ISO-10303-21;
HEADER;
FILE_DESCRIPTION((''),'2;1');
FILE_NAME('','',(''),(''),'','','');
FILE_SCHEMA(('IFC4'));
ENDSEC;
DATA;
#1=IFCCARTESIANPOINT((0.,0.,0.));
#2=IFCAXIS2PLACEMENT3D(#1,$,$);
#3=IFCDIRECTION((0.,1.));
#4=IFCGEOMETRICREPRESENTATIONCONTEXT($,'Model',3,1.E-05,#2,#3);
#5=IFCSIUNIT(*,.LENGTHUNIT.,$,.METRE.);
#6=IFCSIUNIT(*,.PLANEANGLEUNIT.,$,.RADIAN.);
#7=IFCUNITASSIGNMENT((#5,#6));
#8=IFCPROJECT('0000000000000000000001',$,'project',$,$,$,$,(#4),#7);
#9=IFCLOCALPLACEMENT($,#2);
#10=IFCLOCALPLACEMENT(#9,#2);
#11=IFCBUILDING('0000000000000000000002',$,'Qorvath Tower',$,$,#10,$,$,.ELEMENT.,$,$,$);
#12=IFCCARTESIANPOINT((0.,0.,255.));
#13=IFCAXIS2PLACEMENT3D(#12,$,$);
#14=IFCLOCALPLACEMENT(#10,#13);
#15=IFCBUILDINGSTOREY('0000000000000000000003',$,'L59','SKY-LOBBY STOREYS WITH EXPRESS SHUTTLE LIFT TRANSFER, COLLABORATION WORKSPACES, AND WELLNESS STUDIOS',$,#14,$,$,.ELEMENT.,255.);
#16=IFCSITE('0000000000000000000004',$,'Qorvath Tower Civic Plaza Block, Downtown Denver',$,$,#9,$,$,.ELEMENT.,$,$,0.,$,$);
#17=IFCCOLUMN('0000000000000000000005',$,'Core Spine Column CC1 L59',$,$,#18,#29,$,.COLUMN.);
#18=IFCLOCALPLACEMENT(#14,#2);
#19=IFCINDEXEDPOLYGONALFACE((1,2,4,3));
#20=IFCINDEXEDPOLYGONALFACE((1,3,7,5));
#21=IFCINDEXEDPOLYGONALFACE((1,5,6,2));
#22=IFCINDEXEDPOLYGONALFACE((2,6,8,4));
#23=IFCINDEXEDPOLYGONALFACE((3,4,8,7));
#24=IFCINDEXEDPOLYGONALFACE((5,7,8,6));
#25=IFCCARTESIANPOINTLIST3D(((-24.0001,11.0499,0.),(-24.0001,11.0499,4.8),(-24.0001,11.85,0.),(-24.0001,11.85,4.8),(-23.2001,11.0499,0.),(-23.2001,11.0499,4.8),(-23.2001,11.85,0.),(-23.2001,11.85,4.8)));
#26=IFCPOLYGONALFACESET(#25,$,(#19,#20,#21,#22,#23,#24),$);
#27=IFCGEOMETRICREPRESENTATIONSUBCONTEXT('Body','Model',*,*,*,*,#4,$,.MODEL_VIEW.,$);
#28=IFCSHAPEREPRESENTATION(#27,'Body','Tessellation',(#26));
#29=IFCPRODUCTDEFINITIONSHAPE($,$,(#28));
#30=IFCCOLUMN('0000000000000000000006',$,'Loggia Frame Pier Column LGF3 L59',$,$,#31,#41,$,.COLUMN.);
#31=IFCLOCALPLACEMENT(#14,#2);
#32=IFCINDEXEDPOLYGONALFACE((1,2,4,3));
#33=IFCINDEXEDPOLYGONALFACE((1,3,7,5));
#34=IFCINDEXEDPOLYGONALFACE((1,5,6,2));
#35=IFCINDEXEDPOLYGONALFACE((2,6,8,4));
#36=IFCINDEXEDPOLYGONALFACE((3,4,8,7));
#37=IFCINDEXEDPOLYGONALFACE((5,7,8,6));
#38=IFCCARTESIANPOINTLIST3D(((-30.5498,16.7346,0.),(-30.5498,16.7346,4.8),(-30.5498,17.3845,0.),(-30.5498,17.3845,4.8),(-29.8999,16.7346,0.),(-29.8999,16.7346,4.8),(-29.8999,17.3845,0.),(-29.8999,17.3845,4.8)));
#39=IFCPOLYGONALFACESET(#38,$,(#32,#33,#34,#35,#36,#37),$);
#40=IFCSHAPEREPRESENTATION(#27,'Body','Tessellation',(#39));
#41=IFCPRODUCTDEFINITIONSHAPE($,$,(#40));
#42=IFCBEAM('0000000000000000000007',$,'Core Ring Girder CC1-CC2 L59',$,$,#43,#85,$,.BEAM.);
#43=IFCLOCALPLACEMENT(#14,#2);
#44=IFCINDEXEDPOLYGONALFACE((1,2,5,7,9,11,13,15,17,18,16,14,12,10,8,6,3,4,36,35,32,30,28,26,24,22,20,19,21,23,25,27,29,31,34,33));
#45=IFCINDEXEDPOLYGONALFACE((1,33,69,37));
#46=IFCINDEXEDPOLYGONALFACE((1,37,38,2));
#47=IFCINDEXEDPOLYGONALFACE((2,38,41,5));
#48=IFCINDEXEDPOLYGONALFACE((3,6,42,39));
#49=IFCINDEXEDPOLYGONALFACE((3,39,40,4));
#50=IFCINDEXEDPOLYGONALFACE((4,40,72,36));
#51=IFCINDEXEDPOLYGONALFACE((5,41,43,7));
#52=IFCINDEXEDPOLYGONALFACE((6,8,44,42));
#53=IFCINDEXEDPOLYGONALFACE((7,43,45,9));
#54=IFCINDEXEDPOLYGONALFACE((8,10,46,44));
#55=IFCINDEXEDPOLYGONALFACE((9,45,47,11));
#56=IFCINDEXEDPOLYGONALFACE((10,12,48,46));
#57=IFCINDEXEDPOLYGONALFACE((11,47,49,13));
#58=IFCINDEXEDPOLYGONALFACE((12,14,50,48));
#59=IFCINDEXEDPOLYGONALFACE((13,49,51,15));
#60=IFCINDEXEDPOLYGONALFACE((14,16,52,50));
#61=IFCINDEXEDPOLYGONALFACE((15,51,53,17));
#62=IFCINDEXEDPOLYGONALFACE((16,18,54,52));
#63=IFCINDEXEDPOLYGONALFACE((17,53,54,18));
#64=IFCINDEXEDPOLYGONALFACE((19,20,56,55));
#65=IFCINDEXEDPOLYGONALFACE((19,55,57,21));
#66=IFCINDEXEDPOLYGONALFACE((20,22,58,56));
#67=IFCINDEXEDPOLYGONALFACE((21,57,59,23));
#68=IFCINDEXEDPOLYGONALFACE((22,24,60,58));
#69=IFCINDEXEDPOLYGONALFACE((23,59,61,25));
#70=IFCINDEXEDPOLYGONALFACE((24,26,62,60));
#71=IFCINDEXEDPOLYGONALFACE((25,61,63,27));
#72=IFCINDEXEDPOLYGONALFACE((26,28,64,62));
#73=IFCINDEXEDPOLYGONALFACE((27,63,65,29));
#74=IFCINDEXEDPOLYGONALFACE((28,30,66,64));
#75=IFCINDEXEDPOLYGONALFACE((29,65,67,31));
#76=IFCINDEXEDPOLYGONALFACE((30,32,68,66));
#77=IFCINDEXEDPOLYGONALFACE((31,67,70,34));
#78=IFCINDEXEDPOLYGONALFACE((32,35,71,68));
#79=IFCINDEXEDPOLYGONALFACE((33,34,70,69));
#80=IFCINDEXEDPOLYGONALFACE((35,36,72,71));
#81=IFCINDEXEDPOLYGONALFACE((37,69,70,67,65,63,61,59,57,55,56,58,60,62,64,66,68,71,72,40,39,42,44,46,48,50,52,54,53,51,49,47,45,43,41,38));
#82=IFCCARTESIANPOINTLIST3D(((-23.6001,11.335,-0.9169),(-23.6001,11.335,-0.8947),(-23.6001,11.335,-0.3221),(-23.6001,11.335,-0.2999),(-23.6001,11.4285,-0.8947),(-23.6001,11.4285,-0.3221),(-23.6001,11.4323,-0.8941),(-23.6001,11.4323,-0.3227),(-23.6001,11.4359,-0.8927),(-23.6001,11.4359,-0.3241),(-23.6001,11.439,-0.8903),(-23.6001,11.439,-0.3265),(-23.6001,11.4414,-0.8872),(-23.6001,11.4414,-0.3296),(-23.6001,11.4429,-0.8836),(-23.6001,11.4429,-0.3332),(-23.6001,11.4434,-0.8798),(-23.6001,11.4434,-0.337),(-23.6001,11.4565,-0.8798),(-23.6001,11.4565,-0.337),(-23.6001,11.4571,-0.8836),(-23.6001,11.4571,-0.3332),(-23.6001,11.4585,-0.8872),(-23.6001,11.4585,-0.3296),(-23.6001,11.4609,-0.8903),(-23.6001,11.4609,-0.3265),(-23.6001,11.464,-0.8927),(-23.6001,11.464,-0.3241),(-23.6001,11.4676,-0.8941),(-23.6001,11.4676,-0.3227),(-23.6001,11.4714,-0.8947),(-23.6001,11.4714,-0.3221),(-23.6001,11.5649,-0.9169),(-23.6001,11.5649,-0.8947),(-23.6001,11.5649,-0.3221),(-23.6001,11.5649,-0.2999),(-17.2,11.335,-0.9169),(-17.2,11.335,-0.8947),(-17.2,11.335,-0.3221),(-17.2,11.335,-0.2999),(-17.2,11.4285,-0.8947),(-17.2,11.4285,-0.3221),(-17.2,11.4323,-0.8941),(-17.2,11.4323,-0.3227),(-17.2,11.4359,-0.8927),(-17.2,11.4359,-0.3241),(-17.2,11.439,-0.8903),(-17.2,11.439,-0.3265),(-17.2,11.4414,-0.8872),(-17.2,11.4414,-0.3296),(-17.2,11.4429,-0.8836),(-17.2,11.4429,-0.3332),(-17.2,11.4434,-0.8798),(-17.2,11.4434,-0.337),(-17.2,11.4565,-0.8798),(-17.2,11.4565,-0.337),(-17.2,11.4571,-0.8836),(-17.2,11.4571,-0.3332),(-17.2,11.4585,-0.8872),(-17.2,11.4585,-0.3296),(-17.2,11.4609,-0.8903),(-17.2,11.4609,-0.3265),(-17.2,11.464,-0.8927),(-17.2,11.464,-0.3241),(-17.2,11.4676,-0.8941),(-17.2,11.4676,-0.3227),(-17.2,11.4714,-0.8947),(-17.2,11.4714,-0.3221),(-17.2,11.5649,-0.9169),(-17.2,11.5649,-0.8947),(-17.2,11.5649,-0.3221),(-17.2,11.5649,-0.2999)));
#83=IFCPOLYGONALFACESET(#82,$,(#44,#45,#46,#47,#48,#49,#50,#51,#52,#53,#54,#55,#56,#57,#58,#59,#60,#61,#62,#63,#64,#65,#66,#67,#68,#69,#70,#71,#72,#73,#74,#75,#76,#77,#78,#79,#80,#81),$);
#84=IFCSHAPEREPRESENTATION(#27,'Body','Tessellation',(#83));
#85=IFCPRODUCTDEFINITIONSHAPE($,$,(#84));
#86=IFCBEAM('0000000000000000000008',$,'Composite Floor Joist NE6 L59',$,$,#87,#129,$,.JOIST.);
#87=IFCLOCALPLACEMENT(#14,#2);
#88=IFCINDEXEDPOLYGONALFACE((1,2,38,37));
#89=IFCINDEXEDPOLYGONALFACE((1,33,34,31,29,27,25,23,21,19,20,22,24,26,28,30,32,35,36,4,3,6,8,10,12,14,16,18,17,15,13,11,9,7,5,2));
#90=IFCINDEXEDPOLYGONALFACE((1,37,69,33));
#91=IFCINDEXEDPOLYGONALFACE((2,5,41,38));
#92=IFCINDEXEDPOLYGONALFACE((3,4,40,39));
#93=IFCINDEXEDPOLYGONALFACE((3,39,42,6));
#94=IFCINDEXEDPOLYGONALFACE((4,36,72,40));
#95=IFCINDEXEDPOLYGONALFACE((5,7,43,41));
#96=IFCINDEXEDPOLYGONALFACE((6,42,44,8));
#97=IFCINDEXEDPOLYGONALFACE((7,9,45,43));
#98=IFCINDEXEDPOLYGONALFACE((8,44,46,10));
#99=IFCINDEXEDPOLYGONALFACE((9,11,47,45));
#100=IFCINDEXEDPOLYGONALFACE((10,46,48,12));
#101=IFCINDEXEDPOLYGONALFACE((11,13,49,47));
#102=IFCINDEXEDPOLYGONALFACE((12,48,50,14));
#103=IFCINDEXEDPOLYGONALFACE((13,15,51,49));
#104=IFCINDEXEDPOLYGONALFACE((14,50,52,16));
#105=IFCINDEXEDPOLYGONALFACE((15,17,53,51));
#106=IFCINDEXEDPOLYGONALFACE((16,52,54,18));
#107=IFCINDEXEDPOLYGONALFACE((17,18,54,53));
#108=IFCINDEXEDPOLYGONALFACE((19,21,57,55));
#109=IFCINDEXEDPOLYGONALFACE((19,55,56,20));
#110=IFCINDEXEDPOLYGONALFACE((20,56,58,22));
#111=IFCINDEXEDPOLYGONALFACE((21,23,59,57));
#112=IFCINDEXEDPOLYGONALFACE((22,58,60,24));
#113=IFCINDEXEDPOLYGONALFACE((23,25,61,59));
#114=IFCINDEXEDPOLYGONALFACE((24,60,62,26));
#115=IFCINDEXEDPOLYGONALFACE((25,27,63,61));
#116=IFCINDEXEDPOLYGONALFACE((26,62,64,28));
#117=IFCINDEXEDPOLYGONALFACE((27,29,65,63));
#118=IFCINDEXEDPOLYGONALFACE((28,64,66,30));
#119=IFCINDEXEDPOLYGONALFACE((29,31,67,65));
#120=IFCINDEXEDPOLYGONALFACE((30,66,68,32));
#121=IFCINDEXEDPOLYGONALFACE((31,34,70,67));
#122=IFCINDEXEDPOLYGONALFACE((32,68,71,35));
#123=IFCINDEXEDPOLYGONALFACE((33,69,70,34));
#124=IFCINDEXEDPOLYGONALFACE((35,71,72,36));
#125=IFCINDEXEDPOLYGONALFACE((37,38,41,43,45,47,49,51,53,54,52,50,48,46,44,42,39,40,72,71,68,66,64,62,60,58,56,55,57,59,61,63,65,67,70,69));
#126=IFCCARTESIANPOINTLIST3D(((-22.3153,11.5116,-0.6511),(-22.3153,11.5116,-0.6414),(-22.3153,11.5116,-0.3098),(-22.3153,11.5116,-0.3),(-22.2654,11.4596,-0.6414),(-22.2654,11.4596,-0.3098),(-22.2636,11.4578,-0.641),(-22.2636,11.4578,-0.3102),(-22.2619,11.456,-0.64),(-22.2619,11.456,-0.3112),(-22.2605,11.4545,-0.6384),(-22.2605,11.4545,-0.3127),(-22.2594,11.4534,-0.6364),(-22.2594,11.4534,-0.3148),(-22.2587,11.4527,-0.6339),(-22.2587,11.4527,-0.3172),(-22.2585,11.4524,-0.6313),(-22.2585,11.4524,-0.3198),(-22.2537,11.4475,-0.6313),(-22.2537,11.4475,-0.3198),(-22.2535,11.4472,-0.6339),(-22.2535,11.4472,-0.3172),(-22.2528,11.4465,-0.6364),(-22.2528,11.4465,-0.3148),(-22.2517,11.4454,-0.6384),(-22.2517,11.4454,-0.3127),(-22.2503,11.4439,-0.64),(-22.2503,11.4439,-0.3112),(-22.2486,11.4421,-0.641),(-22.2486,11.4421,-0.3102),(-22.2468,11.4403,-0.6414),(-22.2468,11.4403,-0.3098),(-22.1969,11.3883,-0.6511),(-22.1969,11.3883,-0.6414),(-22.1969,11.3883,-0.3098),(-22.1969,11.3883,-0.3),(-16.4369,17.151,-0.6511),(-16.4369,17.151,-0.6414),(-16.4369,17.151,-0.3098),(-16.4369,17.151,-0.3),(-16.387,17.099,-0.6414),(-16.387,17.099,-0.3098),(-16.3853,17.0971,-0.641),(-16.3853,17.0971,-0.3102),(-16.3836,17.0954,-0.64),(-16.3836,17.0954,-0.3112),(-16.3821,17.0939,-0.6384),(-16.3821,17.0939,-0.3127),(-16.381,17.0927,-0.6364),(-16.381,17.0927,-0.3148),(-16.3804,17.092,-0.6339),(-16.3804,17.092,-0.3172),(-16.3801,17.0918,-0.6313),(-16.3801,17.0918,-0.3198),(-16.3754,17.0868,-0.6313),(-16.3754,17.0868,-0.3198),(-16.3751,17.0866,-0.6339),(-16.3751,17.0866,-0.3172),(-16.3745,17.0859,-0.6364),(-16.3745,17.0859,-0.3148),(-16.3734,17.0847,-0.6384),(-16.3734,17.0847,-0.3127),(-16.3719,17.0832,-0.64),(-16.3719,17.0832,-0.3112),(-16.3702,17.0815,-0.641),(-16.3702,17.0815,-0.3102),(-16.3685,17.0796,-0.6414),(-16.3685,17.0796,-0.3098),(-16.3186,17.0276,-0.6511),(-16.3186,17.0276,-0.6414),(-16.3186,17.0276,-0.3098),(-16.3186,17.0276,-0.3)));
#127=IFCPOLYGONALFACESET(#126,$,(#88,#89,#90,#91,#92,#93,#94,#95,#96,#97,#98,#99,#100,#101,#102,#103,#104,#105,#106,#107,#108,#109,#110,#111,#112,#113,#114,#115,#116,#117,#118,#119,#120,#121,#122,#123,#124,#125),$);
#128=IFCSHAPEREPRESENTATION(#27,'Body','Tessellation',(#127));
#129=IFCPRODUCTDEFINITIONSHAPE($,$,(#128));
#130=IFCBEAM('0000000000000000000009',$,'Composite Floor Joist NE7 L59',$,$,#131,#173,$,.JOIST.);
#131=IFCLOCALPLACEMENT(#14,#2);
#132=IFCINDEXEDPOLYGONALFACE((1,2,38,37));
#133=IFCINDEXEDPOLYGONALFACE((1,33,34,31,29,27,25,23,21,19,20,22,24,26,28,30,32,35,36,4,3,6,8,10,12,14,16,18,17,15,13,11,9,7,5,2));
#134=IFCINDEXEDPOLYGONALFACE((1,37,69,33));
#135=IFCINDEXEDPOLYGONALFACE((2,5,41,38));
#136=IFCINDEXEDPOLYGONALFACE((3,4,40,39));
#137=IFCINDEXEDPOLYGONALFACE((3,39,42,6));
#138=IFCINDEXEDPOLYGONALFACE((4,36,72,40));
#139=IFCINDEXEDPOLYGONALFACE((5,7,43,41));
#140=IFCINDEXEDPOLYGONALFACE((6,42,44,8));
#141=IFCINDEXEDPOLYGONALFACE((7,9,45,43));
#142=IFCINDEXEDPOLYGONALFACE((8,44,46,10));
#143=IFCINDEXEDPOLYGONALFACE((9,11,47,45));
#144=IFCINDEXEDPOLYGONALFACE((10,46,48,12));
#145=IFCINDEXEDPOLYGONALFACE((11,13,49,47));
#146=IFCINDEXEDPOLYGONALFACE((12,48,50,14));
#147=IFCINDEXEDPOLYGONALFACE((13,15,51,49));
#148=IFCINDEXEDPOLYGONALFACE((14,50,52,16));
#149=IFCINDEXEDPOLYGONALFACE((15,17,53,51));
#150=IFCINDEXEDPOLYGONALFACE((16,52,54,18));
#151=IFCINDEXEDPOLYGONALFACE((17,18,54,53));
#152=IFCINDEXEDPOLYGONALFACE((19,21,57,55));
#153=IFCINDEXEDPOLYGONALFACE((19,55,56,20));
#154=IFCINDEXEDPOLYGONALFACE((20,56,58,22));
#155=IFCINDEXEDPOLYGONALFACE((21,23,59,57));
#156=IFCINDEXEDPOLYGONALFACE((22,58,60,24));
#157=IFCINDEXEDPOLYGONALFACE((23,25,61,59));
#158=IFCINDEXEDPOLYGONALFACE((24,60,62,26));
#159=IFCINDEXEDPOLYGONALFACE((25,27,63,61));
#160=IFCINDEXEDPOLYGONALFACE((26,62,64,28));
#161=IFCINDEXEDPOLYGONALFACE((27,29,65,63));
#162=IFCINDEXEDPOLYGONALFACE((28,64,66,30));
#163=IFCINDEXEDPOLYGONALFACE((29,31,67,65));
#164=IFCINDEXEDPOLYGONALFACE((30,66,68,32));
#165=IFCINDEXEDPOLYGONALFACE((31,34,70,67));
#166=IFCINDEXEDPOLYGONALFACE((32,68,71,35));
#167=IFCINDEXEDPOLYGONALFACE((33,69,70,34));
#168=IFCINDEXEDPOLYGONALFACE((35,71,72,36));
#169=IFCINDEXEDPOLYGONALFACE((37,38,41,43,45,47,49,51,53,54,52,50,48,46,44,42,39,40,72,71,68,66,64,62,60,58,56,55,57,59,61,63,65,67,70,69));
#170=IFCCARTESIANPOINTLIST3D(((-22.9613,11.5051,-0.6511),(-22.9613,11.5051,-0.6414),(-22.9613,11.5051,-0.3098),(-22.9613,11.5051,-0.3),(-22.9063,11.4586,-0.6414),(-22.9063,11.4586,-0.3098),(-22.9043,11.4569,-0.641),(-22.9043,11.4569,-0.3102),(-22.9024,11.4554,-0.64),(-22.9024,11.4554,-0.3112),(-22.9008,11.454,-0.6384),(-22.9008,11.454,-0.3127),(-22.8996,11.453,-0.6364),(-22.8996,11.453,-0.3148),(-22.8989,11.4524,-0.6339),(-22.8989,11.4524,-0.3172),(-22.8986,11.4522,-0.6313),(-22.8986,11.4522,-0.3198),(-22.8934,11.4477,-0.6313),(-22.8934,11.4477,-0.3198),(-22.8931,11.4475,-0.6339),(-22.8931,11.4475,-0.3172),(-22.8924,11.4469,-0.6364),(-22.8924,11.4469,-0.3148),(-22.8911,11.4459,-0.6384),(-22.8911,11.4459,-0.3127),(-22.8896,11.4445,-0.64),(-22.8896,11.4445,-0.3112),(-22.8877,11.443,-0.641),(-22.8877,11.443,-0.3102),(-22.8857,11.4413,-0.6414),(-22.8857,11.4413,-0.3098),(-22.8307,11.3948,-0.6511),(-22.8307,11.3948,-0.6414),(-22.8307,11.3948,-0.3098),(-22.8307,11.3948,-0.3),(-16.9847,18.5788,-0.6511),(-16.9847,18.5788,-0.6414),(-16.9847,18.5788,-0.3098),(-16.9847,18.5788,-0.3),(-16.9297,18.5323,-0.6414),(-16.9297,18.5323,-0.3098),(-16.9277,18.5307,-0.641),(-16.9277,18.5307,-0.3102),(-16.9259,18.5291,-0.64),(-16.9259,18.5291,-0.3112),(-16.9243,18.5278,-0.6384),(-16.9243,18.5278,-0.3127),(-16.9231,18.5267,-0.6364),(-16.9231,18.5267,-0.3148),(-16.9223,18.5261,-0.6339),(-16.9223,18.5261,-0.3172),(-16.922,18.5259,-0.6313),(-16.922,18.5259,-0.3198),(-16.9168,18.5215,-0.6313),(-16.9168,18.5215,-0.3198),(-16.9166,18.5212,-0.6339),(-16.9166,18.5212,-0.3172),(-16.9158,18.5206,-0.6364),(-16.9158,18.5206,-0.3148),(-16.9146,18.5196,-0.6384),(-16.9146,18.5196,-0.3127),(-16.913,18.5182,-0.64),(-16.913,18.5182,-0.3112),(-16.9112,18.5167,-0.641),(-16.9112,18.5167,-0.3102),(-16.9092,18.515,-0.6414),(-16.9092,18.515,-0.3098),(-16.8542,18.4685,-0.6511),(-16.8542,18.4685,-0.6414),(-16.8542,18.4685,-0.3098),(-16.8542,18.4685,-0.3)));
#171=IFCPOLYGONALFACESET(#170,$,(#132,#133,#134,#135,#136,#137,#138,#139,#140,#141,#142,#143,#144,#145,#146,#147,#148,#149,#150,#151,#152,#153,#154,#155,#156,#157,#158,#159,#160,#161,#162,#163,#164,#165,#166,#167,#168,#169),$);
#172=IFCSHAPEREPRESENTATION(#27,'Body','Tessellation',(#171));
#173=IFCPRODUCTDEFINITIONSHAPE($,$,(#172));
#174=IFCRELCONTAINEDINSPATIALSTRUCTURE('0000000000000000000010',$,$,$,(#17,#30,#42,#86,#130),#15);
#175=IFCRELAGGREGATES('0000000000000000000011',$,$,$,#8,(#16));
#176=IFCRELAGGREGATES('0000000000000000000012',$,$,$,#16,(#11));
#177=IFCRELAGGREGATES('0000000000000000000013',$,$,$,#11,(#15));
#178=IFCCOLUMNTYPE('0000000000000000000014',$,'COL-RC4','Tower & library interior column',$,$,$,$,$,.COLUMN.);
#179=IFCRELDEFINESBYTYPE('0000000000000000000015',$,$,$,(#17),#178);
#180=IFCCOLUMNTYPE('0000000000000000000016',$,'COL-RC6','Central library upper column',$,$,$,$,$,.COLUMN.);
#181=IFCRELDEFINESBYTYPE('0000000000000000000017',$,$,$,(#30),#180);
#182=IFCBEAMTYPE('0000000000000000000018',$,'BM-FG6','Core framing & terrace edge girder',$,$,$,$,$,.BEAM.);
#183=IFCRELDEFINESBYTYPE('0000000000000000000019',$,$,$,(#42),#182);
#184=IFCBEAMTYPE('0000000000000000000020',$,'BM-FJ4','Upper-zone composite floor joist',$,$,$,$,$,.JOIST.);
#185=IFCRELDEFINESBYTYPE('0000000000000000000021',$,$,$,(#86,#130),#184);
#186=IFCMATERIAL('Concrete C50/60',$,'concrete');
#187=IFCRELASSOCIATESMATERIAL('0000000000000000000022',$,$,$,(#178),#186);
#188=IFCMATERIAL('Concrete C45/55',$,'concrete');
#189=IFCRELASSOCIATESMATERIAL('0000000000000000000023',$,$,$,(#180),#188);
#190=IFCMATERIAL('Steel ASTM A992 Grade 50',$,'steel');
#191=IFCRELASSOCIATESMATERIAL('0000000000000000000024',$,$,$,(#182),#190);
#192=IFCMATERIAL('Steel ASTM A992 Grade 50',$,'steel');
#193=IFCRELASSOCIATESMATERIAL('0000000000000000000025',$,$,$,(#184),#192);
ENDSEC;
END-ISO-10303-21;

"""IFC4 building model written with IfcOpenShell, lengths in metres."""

from ifc_helpers import new_model, si_unit, direction, frame, origin, origin_2d, place, context, subcontext, project, spatial, rectangle, i_section, extrude, material, material_profile, profile_set, type_object, element, save


model = new_model("IFC4")

# Units and contexts
model_context = context("Model", 3, precision=1e-05, world=origin(), true_north=direction((0.0, 1.0)))
body_context = subcontext(model_context, "Body", "Model", "MODEL_VIEW")
ifc_project = project(units=[si_unit("LENGTHUNIT", "METRE"), si_unit("PLANEANGLEUNIT", "RADIAN")], contexts=[model_context])

# Site, building, storey
site_placement = place(None, origin())
site = spatial("IfcSite", under=ifc_project, at=site_placement, Name="Qorvath Tower Civic Plaza Block, Downtown Denver", CompositionType="ELEMENT", RefElevation=0.0)
building_placement = place(site_placement, origin())
building = spatial("IfcBuilding", under=site, at=building_placement, Name="Qorvath Tower", CompositionType="ELEMENT")
storey_placement = place(building_placement, frame((0.0, 0.0, 255.0)))
storey = spatial("IfcBuildingStorey", under=building, at=storey_placement, Name="L59", Description="SKY-LOBBY STOREYS WITH EXPRESS SHUTTLE LIFT TRANSFER, COLLABORATION WORKSPACES, AND WELLNESS STUDIOS", CompositionType="ELEMENT", Elevation=255.0)

# Columns
ifc_material_1 = material(Name="Concrete C50/60", Category="concrete")
ifc_material_profile_1 = material_profile(ifc_material_1, rectangle(XDim=0.8, YDim=0.8, at=origin_2d()), Name="RC 800x800")
ifc_profile_set_1 = profile_set([ifc_material_profile_1], Name="Concrete C50/60")
column_type_1 = type_object("IfcColumnType", Name="COL-RC4", Description="Tower & library interior column", PredefinedType="COLUMN", material=ifc_profile_set_1)
column_1_placement = place(storey_placement, frame((-23.6001, 11.45, 0.0), z_axis=(0.0, 0.0, 1.0), x_axis=(1.0, 0.0, 0.0)))
element("IfcColumn", 1, at=column_1_placement, inside=storey, type_object=column_type_1, Name="Core Spine Column CC1 L59", PredefinedType="COLUMN", context=body_context, shape_type="SweptSolid", body=[
    extrude(rectangle(XDim=0.8, YDim=0.8, at=origin_2d()), origin(), (0.0, 0.0, 1.0), 4.8),
])
ifc_material_2 = material(Name="Concrete C45/55", Category="concrete")
ifc_material_profile_2 = material_profile(ifc_material_2, rectangle(XDim=0.6499, YDim=0.6499, at=origin_2d()), Name="RC 650x650")
ifc_profile_set_2 = profile_set([ifc_material_profile_2], Name="Concrete C45/55")
column_type_2 = type_object("IfcColumnType", Name="COL-RC6", Description="Central library upper column", PredefinedType="COLUMN", material=ifc_profile_set_2)
column_2_placement = place(storey_placement, frame((-30.2249, 17.0596, 0.0), z_axis=(0.0, 0.0, 1.0), x_axis=(1.0, 0.0, 0.0)))
element("IfcColumn", 2, at=column_2_placement, inside=storey, type_object=column_type_2, Name="Loggia Frame Pier Column LGF3 L59", PredefinedType="COLUMN", context=body_context, shape_type="SweptSolid", body=[
    extrude(rectangle(XDim=0.6499, YDim=0.6499, at=origin_2d()), origin(), (0.0, 0.0, 1.0), 4.8),
])

# Beams
ifc_material_3 = material(Name="Steel ASTM A992 Grade 50", Category="steel")
ifc_material_profile_3 = material_profile(ifc_material_3, i_section(OverallWidth=0.23, OverallDepth=0.6169, WebThickness=0.0132, FlangeThickness=0.0222, FilletRadius=0.0149, at=origin_2d()), Name="W24x94")
ifc_profile_set_3 = profile_set([ifc_material_profile_3], Name="Steel ASTM A992 Grade 50")
beam_type_1 = type_object("IfcBeamType", Name="BM-FG6", Description="Core framing & terrace edge girder", PredefinedType="BEAM", material=ifc_profile_set_3)
beam_1_placement = place(storey_placement, frame((-23.6001, 11.45, -0.6084), z_axis=(1.0, 0.0, 0.0), x_axis=(0.0, 1.0, 0.0)))
element("IfcBeam", 3, at=beam_1_placement, inside=storey, type_object=beam_type_1, Name="Core Ring Girder CC1-CC2 L59", PredefinedType="BEAM", context=body_context, shape_type="SweptSolid", body=[
    extrude(i_section(OverallWidth=0.23, OverallDepth=0.6169, WebThickness=0.0132, FlangeThickness=0.0222, FilletRadius=0.0149, at=origin_2d()), origin(), (0.0, 0.0, 1.0), 6.4001),
])
ifc_material_4 = material(Name="Steel ASTM A992 Grade 50", Category="steel")
ifc_material_profile_4 = material_profile(ifc_material_4, i_section(OverallWidth=0.1709, OverallDepth=0.3511, WebThickness=0.0068, FlangeThickness=0.0098, FilletRadius=0.01, at=origin_2d()), Name="W14x30")
ifc_profile_set_4 = profile_set([ifc_material_profile_4], Name="Steel ASTM A992 Grade 50")
beam_type_2 = type_object("IfcBeamType", Name="BM-FJ4", Description="Upper-zone composite floor joist", PredefinedType="JOIST", material=ifc_profile_set_4)
beam_2_placement = place(storey_placement, frame((-22.2561, 11.45, -0.4756), z_axis=(0.721625, 0.692284, 0.0), x_axis=(-0.692284, 0.721625, 0.0)))
element("IfcBeam", 4, at=beam_2_placement, inside=storey, type_object=beam_type_2, Name="Composite Floor Joist NE6 L59", PredefinedType="JOIST", context=body_context, shape_type="SweptSolid", body=[
    extrude(i_section(OverallWidth=0.1709, OverallDepth=0.3511, WebThickness=0.0068, FlangeThickness=0.0098, FilletRadius=0.01, at=origin_2d()), origin(), (0.0, 0.0, 1.0), 8.146),
])
beam_3_placement = place(storey_placement, frame((-22.896, 11.45, -0.4756), z_axis=(0.645382, 0.76386, 0.0), x_axis=(-0.76386, 0.645382, 0.0)))
element("IfcBeam", 5, at=beam_3_placement, inside=storey, type_object=beam_type_2, Name="Composite Floor Joist NE7 L59", PredefinedType="JOIST", context=body_context, shape_type="SweptSolid", body=[
    extrude(i_section(OverallWidth=0.1709, OverallDepth=0.3511, WebThickness=0.0068, FlangeThickness=0.0098, FilletRadius=0.01, at=origin_2d()), origin(), (0.0, 0.0, 1.0), 9.2605),
])

save(model, "model.ifc")
